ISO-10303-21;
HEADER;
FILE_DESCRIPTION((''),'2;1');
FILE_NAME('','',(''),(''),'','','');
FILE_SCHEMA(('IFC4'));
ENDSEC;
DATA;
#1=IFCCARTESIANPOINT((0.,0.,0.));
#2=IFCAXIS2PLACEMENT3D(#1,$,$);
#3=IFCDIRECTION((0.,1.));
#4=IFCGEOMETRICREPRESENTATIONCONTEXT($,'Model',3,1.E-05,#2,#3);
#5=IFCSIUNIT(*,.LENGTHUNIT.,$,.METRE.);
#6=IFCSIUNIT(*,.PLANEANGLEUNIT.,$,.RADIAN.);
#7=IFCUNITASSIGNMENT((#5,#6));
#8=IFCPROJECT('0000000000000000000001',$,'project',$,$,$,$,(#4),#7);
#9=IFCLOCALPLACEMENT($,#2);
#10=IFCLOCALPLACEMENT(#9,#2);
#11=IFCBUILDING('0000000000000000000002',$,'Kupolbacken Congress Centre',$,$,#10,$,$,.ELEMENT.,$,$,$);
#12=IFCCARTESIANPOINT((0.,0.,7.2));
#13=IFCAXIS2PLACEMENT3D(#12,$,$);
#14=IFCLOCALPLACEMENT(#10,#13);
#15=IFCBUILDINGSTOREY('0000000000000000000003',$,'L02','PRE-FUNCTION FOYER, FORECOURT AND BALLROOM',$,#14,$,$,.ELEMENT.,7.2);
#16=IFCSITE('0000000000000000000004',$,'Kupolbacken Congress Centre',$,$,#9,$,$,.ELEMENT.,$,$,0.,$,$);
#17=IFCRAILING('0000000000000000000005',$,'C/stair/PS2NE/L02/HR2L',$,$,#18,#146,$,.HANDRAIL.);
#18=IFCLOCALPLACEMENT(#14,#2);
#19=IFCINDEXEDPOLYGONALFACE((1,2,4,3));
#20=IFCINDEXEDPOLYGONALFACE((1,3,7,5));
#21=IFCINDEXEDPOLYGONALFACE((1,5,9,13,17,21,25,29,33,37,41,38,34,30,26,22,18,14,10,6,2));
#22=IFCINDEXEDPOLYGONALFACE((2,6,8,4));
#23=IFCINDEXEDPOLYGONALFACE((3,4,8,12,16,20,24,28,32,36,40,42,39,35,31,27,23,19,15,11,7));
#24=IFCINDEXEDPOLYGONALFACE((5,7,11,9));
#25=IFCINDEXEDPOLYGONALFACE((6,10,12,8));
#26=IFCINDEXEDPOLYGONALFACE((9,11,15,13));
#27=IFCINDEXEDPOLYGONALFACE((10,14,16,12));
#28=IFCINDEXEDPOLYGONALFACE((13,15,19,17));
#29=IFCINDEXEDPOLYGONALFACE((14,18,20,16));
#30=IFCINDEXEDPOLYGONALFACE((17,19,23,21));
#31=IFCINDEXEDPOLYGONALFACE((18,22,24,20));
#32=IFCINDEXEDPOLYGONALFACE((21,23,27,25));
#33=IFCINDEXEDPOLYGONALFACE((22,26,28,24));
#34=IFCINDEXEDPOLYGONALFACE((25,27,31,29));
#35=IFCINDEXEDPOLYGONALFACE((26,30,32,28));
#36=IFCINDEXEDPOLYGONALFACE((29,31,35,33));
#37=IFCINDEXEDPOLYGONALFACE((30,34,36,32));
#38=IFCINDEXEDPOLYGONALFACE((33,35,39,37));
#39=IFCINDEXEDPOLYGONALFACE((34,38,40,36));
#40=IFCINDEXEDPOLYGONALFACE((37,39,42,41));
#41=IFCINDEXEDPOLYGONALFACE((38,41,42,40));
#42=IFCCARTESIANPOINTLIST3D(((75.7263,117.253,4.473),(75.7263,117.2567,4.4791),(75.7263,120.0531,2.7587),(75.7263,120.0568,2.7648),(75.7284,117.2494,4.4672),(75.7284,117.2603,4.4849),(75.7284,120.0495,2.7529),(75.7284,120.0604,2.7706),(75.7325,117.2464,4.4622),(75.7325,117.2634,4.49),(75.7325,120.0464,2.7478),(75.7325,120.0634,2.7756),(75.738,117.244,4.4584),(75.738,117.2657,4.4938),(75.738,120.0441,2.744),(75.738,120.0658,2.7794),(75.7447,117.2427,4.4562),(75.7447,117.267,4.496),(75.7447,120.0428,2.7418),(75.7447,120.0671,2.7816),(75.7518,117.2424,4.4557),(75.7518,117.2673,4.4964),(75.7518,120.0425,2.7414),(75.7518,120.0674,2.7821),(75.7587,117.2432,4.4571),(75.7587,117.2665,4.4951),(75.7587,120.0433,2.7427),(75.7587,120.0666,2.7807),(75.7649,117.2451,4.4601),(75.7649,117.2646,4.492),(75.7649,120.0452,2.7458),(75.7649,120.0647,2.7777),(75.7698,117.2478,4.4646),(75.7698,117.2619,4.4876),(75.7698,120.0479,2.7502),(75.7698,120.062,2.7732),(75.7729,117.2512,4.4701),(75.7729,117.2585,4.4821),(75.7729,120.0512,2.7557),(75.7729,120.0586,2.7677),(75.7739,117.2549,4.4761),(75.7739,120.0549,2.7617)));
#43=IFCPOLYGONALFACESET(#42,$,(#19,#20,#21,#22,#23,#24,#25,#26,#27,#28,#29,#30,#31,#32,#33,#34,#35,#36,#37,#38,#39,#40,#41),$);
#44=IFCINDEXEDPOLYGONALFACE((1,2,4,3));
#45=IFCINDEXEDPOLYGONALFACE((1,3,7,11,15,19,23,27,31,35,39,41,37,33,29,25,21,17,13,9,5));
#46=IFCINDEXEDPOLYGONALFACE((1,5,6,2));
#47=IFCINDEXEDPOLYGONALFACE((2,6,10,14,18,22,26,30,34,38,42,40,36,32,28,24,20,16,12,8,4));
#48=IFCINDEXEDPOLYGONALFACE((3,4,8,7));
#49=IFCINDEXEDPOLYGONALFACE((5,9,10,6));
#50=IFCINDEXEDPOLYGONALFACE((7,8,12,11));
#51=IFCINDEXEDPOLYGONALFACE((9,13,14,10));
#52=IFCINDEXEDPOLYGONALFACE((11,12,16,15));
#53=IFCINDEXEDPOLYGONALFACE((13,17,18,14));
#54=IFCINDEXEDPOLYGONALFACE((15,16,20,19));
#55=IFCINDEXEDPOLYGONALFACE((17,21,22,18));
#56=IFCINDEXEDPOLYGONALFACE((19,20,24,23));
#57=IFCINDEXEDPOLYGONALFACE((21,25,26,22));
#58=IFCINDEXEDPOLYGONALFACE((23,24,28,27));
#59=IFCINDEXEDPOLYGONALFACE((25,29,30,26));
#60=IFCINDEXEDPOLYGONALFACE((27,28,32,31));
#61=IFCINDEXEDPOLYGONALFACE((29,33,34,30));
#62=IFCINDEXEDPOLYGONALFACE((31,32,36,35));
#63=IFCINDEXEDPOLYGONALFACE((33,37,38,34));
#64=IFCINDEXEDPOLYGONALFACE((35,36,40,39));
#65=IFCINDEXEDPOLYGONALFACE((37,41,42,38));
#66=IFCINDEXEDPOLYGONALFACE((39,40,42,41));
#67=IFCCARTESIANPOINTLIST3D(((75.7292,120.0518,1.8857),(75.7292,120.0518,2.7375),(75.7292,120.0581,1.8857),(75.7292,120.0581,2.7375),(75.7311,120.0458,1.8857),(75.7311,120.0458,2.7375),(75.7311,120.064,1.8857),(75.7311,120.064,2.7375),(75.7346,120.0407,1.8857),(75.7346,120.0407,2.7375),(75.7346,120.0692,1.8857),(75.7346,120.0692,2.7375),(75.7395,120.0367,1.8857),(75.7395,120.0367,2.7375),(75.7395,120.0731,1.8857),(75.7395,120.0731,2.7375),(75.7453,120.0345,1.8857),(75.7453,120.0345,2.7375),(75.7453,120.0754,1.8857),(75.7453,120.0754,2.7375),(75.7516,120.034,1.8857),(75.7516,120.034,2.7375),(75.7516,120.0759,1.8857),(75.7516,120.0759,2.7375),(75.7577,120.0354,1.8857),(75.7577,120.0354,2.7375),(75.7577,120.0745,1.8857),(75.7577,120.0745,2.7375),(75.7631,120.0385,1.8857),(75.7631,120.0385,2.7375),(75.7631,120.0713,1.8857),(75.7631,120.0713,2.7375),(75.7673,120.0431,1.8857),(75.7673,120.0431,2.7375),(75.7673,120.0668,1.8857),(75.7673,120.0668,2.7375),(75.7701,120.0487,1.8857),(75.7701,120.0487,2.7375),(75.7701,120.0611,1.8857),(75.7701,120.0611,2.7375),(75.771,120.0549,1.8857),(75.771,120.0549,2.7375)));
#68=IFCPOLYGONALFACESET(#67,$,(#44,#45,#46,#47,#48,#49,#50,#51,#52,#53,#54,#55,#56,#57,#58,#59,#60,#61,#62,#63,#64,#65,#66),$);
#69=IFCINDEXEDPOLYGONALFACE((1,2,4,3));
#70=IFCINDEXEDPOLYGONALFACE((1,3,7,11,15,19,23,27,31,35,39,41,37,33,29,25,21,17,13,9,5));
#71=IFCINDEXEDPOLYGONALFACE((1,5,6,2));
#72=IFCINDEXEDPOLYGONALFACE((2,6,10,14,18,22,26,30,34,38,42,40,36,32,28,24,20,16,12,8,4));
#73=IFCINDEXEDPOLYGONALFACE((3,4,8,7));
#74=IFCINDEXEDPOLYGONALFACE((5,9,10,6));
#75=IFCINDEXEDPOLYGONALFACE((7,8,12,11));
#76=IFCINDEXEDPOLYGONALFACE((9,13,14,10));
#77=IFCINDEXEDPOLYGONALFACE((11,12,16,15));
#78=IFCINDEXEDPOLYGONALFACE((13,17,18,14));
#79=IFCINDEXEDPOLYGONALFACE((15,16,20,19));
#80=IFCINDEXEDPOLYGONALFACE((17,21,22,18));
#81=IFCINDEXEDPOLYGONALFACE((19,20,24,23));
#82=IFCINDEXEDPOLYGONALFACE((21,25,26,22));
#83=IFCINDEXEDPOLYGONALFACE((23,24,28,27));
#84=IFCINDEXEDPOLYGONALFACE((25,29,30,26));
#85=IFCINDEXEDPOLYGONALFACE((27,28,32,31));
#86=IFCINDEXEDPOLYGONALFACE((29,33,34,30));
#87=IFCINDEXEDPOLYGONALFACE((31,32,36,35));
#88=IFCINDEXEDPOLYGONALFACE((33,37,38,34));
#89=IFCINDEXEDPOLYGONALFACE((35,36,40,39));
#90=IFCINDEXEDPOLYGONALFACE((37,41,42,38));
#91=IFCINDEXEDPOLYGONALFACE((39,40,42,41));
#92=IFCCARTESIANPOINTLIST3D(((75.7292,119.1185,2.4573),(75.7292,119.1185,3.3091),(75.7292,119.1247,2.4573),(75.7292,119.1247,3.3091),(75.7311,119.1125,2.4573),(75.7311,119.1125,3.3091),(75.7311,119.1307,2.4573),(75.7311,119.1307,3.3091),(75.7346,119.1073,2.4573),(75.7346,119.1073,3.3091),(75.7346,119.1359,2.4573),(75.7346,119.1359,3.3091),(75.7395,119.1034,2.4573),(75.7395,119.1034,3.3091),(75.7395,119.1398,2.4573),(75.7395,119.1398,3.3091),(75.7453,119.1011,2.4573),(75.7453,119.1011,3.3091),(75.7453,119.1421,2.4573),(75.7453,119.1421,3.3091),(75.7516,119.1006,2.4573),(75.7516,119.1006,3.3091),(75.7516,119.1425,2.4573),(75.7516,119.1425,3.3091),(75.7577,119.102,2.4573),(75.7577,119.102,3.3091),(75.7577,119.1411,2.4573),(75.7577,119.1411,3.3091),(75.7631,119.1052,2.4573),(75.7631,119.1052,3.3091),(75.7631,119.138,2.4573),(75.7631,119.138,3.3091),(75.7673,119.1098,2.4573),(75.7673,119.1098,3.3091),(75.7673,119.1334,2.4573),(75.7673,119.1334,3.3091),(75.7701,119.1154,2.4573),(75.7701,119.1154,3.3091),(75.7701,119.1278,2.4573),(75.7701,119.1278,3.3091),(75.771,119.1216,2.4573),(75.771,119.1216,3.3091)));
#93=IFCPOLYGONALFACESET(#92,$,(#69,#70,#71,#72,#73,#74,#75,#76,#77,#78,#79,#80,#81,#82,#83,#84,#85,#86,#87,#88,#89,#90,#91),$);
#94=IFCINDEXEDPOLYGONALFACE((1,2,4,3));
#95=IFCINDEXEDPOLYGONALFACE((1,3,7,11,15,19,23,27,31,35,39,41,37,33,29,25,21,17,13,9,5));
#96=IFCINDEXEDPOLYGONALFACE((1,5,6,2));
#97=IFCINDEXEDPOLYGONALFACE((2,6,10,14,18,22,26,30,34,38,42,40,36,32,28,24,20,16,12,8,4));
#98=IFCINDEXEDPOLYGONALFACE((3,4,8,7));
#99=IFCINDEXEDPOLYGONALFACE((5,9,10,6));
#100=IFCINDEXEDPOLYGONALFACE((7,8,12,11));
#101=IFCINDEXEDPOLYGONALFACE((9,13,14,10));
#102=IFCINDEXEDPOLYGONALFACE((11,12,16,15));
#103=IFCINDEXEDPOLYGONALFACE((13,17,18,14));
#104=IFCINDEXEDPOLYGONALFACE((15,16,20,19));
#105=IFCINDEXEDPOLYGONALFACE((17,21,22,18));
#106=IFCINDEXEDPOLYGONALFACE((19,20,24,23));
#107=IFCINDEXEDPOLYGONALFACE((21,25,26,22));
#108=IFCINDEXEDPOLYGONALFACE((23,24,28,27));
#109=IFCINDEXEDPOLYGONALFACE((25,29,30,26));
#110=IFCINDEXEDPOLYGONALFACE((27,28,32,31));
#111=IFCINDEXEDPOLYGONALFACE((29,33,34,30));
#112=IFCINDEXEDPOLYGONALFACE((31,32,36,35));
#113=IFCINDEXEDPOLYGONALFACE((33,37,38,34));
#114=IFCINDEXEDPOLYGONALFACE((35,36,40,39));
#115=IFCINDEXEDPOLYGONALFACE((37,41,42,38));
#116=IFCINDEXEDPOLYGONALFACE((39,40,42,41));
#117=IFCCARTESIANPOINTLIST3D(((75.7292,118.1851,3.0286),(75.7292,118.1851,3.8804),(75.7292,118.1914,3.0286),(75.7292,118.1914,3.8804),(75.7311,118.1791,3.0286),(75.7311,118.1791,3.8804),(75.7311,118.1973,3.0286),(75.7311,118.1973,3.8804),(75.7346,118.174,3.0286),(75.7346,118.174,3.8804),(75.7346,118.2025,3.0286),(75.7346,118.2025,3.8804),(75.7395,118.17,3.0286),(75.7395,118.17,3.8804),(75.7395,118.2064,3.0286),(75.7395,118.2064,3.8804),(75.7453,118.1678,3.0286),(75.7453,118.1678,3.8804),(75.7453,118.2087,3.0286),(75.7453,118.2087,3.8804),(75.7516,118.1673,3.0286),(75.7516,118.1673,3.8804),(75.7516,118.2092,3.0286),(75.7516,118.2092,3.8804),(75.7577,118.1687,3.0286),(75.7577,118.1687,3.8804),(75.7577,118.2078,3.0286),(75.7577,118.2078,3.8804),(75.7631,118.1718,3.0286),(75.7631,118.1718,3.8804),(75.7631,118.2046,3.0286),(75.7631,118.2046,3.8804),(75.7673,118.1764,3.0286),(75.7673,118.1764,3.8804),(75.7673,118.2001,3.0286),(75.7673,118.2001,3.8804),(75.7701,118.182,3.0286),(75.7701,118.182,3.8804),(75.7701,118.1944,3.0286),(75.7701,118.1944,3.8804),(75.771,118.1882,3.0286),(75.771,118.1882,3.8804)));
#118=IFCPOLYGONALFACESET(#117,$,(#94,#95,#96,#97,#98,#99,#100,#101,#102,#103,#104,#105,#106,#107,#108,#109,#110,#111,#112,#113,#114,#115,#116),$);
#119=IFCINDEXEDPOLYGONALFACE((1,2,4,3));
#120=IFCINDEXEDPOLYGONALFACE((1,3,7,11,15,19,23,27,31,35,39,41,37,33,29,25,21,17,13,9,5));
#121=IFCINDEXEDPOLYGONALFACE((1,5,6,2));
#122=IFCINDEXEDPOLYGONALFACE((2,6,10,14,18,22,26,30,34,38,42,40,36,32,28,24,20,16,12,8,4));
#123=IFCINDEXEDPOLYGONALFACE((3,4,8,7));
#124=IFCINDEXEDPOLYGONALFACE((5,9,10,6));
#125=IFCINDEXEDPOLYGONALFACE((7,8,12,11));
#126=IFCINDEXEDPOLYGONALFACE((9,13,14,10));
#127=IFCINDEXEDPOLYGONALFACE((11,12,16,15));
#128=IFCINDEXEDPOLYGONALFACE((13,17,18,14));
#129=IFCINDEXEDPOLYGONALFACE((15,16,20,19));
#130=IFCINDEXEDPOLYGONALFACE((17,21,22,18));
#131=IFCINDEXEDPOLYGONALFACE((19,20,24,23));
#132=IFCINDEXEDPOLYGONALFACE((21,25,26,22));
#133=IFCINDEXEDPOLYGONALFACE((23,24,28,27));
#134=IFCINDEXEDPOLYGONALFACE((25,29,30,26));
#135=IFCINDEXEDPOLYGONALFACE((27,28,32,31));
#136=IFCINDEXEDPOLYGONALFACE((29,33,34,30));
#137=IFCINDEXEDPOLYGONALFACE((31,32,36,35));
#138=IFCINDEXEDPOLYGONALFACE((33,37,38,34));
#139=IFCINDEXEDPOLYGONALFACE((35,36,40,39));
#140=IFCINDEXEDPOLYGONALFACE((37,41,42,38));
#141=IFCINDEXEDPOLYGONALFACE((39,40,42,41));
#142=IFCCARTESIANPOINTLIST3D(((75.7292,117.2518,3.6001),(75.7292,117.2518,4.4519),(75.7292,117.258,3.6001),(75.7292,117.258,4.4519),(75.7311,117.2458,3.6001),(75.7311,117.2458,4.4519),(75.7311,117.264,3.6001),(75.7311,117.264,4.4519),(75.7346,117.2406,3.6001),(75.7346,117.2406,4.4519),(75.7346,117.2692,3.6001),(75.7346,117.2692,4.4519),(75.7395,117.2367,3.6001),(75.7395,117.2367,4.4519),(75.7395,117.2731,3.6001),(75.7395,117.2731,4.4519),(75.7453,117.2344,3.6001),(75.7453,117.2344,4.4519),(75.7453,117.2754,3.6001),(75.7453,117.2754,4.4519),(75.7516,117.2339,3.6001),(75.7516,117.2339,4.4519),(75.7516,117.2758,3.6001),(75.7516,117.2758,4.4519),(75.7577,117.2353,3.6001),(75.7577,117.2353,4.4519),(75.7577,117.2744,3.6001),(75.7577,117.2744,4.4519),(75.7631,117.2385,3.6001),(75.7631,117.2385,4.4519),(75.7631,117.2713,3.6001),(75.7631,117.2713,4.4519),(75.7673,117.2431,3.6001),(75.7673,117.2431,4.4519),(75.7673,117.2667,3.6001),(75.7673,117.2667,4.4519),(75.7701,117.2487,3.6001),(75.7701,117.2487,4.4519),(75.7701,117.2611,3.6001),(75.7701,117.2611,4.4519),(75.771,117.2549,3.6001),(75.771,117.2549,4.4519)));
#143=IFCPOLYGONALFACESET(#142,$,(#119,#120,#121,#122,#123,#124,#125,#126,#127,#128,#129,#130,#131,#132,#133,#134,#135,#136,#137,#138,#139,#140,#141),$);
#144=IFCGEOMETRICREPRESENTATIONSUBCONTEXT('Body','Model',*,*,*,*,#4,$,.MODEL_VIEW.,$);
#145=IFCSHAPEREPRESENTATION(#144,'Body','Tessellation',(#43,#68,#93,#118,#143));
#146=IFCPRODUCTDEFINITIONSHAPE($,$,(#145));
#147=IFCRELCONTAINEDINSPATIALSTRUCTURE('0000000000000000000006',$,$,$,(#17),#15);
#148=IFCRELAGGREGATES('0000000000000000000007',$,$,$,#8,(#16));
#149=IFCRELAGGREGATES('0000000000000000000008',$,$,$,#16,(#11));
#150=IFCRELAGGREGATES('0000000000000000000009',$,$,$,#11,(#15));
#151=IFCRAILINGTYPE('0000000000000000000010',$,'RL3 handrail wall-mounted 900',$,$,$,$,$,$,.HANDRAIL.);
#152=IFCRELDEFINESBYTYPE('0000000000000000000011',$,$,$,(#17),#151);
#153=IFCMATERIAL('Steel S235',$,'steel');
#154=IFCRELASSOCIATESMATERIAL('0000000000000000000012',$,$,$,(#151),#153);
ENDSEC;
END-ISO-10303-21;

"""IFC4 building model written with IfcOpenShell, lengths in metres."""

from ifc_helpers import new_model, si_unit, direction, frame, origin, origin_2d, place, context, subcontext, project, spatial, circle, extrude, material, type_object, element, save


model = new_model("IFC4")

# Units and contexts
model_context = context("Model", 3, precision=1e-05, world=origin(), true_north=direction((0.0, 1.0)))
body_context = subcontext(model_context, "Body", "Model", "MODEL_VIEW")
ifc_project = project(units=[si_unit("LENGTHUNIT", "METRE"), si_unit("PLANEANGLEUNIT", "RADIAN")], contexts=[model_context])

# Site, building, storey
site_placement = place(None, origin())
site = spatial("IfcSite", under=ifc_project, at=site_placement, Name="Kupolbacken Congress Centre", CompositionType="ELEMENT", RefElevation=0.0)
building_placement = place(site_placement, origin())
building = spatial("IfcBuilding", under=site, at=building_placement, Name="Kupolbacken Congress Centre", CompositionType="ELEMENT")
storey_placement = place(building_placement, frame((0.0, 0.0, 7.2)))
storey = spatial("IfcBuildingStorey", under=building, at=storey_placement, Name="L02", Description="PRE-FUNCTION FOYER, FORECOURT AND BALLROOM", CompositionType="ELEMENT", Elevation=7.2)

# Railing
ifc_material_1 = material(Name="Steel S235", Category="steel")
railing_type = type_object("IfcRailingType", Name="RL3 handrail wall-mounted 900", PredefinedType="HANDRAIL", material=ifc_material_1)
for number, where, name in (
    (1, (75.75, 120.0549, 1.8857), "C/stair/PS2NE/L02/HR2L"),
):
    element("IfcRailing", number, at=place(storey_placement, frame(where)), inside=storey, type_object=railing_type, Name=name, PredefinedType="HANDRAIL", context=body_context, shape_type="SweptSolid", body=[
        extrude(circle(Radius=0.0239, at=origin_2d()), frame((0.0, 0.0, 0.876), z_axis=(0.0, -0.852846, 0.522163), x_axis=(1.0, 0.0, 0.0)), (0.0, 0.0, 1.0), 3.2832),
        extrude(circle(Radius=0.021, at=origin_2d()), origin(), (0.0, 0.0, 1.0), 0.8518),
        extrude(circle(Radius=0.021, at=origin_2d()), frame((0.0, -0.9333, 0.5715)), (0.0, 0.0, 1.0), 0.8518),
        extrude(circle(Radius=0.021, at=origin_2d()), frame((0.0, -1.8667, 1.1428)), (0.0, 0.0, 1.0), 0.8518),
        extrude(circle(Radius=0.021, at=origin_2d()), frame((0.0, -2.8, 1.7144)), (0.0, 0.0, 1.0), 0.8518),
    ])

save(model, "model.ifc")
